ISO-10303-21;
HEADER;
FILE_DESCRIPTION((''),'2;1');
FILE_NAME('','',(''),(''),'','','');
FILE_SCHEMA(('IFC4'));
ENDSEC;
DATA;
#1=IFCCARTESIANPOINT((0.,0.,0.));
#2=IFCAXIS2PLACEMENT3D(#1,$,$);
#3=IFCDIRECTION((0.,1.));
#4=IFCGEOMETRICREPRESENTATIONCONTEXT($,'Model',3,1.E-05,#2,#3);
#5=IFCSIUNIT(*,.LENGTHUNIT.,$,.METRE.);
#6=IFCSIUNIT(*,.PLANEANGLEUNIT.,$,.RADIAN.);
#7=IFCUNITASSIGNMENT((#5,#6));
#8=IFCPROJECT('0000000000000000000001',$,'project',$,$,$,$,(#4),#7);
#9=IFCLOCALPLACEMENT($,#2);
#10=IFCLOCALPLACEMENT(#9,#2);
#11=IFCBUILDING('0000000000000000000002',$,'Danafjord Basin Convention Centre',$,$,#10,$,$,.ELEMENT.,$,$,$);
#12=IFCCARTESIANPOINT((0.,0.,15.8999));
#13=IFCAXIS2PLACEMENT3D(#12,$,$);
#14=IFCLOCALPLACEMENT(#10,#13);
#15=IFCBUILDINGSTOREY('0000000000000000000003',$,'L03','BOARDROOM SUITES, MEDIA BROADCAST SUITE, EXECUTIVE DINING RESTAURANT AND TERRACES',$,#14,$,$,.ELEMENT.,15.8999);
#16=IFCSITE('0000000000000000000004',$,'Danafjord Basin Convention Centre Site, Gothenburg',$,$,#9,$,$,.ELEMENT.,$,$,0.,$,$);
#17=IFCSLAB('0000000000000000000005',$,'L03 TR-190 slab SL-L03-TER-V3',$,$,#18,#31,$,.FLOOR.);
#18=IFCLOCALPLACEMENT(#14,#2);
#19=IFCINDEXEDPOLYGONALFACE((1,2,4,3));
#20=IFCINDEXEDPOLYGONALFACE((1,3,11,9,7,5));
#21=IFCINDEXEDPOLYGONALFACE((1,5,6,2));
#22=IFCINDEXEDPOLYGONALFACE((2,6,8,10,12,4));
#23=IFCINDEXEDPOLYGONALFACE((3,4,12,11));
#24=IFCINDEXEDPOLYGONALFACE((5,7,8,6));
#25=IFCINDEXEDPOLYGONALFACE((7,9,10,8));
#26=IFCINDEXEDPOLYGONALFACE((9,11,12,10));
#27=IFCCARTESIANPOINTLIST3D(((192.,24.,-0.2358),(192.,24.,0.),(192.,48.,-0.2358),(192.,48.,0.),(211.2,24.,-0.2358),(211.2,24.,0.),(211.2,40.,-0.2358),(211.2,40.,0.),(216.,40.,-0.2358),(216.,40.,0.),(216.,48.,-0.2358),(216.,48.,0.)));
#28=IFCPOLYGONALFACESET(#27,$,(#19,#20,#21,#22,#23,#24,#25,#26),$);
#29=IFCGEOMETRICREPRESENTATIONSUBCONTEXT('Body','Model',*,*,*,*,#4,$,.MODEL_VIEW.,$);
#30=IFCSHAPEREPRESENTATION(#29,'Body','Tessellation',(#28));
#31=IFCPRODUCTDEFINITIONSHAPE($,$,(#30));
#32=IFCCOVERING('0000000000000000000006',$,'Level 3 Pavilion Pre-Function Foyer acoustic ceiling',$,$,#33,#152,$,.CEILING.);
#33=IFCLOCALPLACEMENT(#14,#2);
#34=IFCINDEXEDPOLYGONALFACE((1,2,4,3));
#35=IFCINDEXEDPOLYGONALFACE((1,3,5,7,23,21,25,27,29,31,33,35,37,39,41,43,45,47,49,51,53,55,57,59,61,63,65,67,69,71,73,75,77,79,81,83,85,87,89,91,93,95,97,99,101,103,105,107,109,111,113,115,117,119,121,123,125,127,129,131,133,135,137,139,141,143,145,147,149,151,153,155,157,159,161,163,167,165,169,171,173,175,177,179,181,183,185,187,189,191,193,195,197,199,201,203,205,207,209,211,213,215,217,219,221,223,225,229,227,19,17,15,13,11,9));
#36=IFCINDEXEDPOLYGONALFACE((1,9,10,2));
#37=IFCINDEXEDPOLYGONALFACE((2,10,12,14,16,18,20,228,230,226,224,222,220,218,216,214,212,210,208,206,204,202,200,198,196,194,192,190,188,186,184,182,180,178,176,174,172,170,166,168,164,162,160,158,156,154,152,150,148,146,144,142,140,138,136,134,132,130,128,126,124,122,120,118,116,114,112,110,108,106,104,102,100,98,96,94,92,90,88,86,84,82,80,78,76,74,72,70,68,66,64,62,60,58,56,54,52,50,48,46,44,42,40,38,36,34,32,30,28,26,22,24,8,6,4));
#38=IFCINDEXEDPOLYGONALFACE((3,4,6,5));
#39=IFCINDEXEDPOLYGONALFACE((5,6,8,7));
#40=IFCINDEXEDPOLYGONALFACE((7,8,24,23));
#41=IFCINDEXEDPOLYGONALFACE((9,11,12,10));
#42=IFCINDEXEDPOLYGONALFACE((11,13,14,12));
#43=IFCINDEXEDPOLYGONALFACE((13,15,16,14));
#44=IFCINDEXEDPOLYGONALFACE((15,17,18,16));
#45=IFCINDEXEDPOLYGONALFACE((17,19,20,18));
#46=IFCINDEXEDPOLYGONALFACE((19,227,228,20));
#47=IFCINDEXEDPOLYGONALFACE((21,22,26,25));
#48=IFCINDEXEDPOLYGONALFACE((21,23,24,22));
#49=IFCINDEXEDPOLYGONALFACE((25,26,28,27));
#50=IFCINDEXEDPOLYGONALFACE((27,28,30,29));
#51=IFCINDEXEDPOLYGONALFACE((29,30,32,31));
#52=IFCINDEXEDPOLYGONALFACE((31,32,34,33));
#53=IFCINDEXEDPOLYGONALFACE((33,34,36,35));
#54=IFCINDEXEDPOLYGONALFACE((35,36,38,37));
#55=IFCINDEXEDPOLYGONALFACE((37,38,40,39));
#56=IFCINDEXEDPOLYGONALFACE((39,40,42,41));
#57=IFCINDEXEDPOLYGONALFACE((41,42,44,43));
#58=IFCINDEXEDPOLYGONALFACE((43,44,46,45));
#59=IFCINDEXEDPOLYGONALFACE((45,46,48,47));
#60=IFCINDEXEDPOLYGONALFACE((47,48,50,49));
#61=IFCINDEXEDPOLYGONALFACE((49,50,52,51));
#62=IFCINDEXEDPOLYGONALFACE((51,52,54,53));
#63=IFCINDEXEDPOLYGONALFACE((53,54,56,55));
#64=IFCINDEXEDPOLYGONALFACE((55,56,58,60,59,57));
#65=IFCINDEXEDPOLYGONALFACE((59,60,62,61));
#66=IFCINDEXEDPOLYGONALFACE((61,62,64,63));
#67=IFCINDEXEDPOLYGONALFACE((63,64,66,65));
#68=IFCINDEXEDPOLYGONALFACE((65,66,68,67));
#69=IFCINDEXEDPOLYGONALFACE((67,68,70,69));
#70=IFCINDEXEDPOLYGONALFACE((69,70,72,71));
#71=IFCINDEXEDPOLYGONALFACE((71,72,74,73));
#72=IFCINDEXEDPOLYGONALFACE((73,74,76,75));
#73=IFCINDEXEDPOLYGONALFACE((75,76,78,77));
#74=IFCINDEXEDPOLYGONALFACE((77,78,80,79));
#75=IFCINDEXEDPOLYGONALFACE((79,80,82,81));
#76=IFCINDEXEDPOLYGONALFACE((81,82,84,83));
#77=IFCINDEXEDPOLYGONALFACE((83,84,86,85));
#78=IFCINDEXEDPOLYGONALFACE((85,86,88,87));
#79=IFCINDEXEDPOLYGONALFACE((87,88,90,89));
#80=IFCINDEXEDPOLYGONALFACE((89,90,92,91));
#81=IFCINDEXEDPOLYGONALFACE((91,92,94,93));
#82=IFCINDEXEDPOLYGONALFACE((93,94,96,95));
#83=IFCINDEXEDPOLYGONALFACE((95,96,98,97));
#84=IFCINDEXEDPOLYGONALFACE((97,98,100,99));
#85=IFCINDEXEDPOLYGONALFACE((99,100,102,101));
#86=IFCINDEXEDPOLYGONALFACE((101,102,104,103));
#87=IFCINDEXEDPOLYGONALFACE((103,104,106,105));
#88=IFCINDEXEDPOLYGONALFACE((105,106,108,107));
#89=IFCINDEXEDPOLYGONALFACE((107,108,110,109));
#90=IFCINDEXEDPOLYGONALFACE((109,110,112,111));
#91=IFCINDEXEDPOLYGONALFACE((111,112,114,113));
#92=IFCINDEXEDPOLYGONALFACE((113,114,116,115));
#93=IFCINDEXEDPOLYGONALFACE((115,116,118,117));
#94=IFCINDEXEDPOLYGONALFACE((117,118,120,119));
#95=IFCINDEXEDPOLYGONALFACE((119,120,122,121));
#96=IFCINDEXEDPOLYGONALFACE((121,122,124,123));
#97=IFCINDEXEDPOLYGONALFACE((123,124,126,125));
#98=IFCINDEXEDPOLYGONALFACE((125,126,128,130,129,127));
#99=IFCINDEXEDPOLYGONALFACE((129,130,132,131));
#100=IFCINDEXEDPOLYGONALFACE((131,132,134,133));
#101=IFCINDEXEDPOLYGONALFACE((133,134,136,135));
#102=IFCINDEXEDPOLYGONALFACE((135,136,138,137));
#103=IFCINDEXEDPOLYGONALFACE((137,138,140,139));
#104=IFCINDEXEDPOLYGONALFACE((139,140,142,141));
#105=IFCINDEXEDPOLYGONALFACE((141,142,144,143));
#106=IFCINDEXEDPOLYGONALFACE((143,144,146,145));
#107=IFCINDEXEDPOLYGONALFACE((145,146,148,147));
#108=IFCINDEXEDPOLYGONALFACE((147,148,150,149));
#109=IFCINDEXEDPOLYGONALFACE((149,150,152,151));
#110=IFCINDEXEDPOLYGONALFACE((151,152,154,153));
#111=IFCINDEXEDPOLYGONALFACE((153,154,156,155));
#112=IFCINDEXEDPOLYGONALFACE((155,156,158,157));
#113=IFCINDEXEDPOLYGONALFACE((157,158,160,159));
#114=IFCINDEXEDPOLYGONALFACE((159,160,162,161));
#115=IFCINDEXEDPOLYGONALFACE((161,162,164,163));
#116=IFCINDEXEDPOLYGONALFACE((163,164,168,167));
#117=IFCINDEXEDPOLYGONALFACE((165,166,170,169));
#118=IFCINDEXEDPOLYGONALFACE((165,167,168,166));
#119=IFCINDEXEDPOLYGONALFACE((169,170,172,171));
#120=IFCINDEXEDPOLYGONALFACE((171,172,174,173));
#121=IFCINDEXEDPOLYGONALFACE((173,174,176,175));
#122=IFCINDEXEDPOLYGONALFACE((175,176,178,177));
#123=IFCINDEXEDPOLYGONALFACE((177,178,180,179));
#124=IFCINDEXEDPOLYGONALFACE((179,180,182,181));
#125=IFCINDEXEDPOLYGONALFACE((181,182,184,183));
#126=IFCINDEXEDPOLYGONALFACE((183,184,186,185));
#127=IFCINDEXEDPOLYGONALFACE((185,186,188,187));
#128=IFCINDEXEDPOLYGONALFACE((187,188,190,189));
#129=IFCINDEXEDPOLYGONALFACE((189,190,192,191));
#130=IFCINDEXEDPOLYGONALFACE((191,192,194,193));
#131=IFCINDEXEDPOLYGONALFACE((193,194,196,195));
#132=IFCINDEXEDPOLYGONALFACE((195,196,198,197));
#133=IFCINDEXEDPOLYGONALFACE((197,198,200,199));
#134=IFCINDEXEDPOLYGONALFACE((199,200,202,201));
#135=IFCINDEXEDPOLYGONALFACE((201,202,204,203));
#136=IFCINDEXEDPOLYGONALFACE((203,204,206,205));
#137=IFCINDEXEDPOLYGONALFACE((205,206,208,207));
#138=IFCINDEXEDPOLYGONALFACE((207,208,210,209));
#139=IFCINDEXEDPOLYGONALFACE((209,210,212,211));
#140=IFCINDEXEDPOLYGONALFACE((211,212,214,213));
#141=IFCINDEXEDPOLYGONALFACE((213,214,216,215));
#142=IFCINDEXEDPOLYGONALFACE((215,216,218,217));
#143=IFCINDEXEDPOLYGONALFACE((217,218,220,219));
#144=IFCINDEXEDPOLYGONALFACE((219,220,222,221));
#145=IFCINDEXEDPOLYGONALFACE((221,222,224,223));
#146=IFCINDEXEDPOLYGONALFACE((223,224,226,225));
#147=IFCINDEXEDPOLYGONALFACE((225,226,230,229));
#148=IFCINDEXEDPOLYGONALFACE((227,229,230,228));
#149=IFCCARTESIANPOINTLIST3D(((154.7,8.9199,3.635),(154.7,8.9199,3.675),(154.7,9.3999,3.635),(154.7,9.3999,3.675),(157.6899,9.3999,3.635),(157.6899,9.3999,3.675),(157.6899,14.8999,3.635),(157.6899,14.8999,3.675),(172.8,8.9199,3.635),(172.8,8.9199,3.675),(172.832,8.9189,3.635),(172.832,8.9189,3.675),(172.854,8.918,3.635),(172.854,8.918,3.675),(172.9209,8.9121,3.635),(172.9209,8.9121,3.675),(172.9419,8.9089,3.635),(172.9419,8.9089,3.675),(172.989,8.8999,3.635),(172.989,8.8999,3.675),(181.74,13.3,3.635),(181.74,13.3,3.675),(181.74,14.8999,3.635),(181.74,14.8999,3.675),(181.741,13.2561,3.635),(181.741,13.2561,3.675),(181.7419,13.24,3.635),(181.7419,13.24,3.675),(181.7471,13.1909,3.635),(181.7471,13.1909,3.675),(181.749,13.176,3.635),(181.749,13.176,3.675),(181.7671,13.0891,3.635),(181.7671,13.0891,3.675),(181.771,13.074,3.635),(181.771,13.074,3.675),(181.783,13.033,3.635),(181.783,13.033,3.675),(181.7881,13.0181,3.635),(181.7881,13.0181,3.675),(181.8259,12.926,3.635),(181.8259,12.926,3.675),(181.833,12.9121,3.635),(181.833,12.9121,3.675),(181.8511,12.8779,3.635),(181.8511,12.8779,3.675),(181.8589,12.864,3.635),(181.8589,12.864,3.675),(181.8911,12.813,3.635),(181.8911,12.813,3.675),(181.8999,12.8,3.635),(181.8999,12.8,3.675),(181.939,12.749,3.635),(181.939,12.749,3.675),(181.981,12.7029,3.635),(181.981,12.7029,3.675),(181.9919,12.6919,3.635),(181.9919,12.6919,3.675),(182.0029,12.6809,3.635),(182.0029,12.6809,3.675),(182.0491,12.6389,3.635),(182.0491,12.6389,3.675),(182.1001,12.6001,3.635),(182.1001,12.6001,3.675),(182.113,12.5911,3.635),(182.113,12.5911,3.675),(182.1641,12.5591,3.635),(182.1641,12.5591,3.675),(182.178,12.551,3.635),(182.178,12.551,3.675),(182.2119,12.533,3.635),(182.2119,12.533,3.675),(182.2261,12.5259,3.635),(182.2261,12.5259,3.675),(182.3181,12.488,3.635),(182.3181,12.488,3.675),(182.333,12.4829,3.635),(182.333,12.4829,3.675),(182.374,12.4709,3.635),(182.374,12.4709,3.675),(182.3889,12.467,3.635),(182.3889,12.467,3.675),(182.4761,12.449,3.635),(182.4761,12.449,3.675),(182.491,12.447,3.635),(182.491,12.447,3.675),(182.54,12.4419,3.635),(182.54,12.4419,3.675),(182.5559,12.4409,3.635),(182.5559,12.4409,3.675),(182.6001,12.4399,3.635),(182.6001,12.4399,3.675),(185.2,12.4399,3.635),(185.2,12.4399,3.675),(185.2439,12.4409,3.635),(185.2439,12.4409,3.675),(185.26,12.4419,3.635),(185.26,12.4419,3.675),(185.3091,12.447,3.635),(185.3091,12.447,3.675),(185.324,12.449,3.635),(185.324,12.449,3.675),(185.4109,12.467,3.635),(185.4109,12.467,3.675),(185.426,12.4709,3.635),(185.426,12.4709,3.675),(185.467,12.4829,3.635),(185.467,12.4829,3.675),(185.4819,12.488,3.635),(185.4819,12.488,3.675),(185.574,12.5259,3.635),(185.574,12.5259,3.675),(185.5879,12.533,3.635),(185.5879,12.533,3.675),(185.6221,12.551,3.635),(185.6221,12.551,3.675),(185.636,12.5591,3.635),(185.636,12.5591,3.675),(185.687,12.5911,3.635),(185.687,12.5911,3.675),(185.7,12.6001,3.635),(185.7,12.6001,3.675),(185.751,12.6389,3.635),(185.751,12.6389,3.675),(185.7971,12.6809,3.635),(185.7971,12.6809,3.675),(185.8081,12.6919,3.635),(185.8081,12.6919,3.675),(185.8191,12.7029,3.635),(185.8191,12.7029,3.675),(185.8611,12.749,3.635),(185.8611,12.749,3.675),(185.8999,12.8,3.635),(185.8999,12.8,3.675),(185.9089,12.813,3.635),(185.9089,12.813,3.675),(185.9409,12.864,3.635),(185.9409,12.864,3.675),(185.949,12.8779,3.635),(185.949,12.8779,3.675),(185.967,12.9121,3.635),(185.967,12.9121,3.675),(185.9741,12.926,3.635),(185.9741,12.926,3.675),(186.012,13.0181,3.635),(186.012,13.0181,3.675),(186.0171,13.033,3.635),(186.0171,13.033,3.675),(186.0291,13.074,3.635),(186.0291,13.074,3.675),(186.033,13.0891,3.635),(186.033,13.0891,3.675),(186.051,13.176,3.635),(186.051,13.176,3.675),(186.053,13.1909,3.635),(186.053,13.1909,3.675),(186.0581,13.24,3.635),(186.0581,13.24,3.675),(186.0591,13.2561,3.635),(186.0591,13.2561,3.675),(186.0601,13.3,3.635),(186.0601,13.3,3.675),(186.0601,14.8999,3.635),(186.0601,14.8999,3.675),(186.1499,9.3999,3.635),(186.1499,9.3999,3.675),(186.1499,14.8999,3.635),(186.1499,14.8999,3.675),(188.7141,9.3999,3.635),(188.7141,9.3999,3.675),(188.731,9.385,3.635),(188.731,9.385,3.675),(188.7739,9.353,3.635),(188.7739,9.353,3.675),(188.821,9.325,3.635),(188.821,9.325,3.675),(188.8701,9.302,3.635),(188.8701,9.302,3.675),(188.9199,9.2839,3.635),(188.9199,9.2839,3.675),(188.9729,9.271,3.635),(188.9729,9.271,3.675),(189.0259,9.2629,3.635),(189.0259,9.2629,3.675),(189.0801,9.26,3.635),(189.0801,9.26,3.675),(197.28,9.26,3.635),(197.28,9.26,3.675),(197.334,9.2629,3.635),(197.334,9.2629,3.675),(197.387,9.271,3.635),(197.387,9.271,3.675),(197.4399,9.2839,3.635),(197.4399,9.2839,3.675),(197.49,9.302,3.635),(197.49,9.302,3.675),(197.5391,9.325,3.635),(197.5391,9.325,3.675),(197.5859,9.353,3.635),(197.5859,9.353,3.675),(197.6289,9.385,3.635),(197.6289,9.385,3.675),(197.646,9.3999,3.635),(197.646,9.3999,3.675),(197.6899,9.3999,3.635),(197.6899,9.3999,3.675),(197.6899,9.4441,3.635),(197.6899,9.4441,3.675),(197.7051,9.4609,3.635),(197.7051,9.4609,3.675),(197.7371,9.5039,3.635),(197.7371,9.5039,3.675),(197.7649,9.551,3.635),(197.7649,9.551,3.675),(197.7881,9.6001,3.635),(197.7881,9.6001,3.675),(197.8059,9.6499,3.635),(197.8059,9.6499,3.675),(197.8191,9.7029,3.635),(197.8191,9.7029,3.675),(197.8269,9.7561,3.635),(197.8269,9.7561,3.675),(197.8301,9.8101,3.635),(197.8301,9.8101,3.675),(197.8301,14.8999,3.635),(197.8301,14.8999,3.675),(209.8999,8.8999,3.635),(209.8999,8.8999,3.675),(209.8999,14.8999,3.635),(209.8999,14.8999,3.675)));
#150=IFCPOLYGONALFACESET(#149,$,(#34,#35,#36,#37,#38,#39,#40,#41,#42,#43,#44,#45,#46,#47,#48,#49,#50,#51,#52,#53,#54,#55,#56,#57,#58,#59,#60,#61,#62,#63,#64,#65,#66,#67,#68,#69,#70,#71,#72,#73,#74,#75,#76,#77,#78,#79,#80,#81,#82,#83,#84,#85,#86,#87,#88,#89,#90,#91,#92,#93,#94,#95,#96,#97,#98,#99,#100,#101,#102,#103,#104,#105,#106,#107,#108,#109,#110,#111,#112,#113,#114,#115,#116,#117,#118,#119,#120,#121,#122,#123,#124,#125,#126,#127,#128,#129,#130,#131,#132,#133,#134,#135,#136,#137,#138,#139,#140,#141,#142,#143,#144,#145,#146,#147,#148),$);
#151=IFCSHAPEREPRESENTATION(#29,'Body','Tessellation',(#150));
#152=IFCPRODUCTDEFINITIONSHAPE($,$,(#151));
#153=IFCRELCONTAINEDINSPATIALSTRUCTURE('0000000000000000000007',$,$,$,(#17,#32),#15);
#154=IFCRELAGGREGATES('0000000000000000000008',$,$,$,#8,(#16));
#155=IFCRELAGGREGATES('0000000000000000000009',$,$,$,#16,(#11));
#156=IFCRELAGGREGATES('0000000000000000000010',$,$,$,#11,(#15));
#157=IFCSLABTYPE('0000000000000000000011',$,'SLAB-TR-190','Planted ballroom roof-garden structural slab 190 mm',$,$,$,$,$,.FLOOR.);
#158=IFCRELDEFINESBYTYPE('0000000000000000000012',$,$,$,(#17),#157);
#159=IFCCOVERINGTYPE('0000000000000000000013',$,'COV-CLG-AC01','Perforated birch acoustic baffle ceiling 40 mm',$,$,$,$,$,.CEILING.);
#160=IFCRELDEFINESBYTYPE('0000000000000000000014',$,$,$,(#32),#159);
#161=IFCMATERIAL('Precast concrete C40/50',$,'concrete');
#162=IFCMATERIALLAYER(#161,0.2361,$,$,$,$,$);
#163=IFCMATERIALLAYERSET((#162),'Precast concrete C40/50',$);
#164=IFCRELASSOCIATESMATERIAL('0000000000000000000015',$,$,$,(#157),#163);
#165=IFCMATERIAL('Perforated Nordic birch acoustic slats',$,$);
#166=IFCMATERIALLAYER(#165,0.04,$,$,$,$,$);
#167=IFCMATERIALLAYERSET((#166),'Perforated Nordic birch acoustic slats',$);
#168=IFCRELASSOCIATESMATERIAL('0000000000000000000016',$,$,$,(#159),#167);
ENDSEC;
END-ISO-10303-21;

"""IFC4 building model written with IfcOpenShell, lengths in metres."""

from ifc_helpers import new_model, si_unit, direction, frame, origin, place, context, subcontext, project, spatial, polyline, outline, extrude, material, layer, layer_set, type_object, element, save


model = new_model("IFC4")

# Units and contexts
model_context = context("Model", 3, precision=1e-05, world=origin(), true_north=direction((0.0, 1.0)))
body_context = subcontext(model_context, "Body", "Model", "MODEL_VIEW")
ifc_project = project(units=[si_unit("LENGTHUNIT", "METRE"), si_unit("PLANEANGLEUNIT", "RADIAN")], contexts=[model_context])

# Site, building, storey
site_placement = place(None, origin())
site = spatial("IfcSite", under=ifc_project, at=site_placement, Name="Danafjord Basin Convention Centre Site, Gothenburg", CompositionType="ELEMENT", RefElevation=0.0)
building_placement = place(site_placement, origin())
building = spatial("IfcBuilding", under=site, at=building_placement, Name="Danafjord Basin Convention Centre", CompositionType="ELEMENT")
storey_placement = place(building_placement, frame((0.0, 0.0, 15.8999)))
storey = spatial("IfcBuildingStorey", under=building, at=storey_placement, Name="L03", Description="BOARDROOM SUITES, MEDIA BROADCAST SUITE, EXECUTIVE DINING RESTAURANT AND TERRACES", CompositionType="ELEMENT", Elevation=15.8999)

# Slab
ifc_material_1 = material(Name="Precast concrete C40/50", Category="concrete")
ifc_layer_1 = layer(ifc_material_1, 0.2361)
ifc_layer_set_1 = layer_set([ifc_layer_1], Name="Precast concrete C40/50")
slab_type_1 = type_object("IfcSlabType", Name="SLAB-TR-190", Description="Planted ballroom roof-garden structural slab 190 mm", PredefinedType="FLOOR", material=ifc_layer_set_1)
slab_1_placement = place(storey_placement, frame((0.0, 0.0, -0.2358)))
element("IfcSlab", 1, at=slab_1_placement, inside=storey, type_object=slab_type_1, Name="L03 TR-190 slab SL-L03-TER-V3", PredefinedType="FLOOR", context=body_context, shape_type="SweptSolid", body=[
    extrude(outline(polyline([(192.0, 24.0), (192.0, 48.0), (216.0, 48.0), (216.0, 40.0), (211.2, 40.0), (211.2, 24.0), (192.0, 24.0)])), origin(), (0.0, 0.0, 1.0), 0.2358),
])

# Covering
ifc_material_2 = material(Name="Perforated Nordic birch acoustic slats")
ifc_layer_2 = layer(ifc_material_2, 0.04)
ifc_layer_set_2 = layer_set([ifc_layer_2], Name="Perforated Nordic birch acoustic slats")
covering_type_1 = type_object("IfcCoveringType", Name="COV-CLG-AC01", Description="Perforated birch acoustic baffle ceiling 40 mm", PredefinedType="CEILING", material=ifc_layer_set_2)
covering_1_placement = place(storey_placement, frame((0.0, 0.0, 3.635)))
element("IfcCovering", 2, at=covering_1_placement, inside=storey, type_object=covering_type_1, Name="Level 3 Pavilion Pre-Function Foyer acoustic ceiling", PredefinedType="CEILING", context=body_context, shape_type="SweptSolid", body=[
    extrude(outline(polyline([(172.9419, 8.9089), (172.9209, 8.9121), (172.854, 8.918), (172.832, 8.9189), (172.8, 8.9199), (154.7, 8.9199), (154.7, 9.3999), (157.6899, 9.3999), (157.6899, 14.8999), (181.74, 14.8999), (181.74, 13.3), (181.741, 13.2561), (181.7419, 13.24), (181.7471, 13.1909), (181.749, 13.176), (181.7671, 13.0891), (181.771, 13.074), (181.783, 13.033), (181.7881, 13.0181), (181.8259, 12.926), (181.833, 12.9121), (181.8511, 12.8779), (181.8589, 12.864), (181.8911, 12.813), (181.8999, 12.8), (181.939, 12.749), (181.981, 12.7029), (181.9919, 12.6919), (182.0029, 12.6809), (182.0491, 12.6389), (182.1001, 12.6001), (182.113, 12.5911), (182.1641, 12.5591), (182.178, 12.551), (182.2119, 12.533), (182.2261, 12.5259), (182.3181, 12.488), (182.333, 12.4829), (182.374, 12.4709), (182.3889, 12.467), (182.4761, 12.449), (182.491, 12.447), (182.54, 12.4419), (182.5559, 12.4409), (182.6001, 12.4399), (185.2, 12.4399), (185.2439, 12.4409), (185.26, 12.4419), (185.3091, 12.447), (185.324, 12.449), (185.4109, 12.467), (185.426, 12.4709), (185.467, 12.4829), (185.4819, 12.488), (185.574, 12.5259), (185.5879, 12.533), (185.6221, 12.551), (185.636, 12.5591), (185.687, 12.5911), (185.7, 12.6001), (185.751, 12.6389), (185.7971, 12.6809), (185.8081, 12.6919), (185.8191, 12.7029), (185.8611, 12.749), (185.8999, 12.8), (185.9089, 12.813), (185.9409, 12.864), (185.949, 12.8779), (185.967, 12.9121), (185.9741, 12.926), (186.012, 13.0181), (186.0171, 13.033), (186.0291, 13.074), (186.033, 13.0891), (186.051, 13.176), (186.053, 13.1909), (186.0581, 13.24), (186.0591, 13.2561), (186.0601, 13.3), (186.0601, 14.8999), (186.1499, 14.8999), (186.1499, 9.3999), (188.7141, 9.3999), (188.731, 9.385), (188.7739, 9.353), (188.821, 9.325), (188.8701, 9.302), (188.9199, 9.2839), (188.9729, 9.271), (189.0259, 9.2629), (189.0801, 9.26), (197.28, 9.26), (197.334, 9.2629), (197.387, 9.271), (197.4399, 9.2839), (197.49, 9.302), (197.5391, 9.325), (197.5859, 9.353), (197.6289, 9.385), (197.646, 9.3999), (197.6899, 9.3999), (197.6899, 9.4441), (197.7051, 9.4609), (197.7371, 9.5039), (197.7649, 9.551), (197.7881, 9.6001), (197.8059, 9.6499), (197.8191, 9.7029), (197.8269, 9.7561), (197.8301, 9.8101), (197.8301, 14.8999), (209.8999, 14.8999), (209.8999, 8.8999), (172.989, 8.8999), (172.9419, 8.9089)])), origin(), (0.0, 0.0, 1.0), 0.04),
])

save(model, "model.ifc")
